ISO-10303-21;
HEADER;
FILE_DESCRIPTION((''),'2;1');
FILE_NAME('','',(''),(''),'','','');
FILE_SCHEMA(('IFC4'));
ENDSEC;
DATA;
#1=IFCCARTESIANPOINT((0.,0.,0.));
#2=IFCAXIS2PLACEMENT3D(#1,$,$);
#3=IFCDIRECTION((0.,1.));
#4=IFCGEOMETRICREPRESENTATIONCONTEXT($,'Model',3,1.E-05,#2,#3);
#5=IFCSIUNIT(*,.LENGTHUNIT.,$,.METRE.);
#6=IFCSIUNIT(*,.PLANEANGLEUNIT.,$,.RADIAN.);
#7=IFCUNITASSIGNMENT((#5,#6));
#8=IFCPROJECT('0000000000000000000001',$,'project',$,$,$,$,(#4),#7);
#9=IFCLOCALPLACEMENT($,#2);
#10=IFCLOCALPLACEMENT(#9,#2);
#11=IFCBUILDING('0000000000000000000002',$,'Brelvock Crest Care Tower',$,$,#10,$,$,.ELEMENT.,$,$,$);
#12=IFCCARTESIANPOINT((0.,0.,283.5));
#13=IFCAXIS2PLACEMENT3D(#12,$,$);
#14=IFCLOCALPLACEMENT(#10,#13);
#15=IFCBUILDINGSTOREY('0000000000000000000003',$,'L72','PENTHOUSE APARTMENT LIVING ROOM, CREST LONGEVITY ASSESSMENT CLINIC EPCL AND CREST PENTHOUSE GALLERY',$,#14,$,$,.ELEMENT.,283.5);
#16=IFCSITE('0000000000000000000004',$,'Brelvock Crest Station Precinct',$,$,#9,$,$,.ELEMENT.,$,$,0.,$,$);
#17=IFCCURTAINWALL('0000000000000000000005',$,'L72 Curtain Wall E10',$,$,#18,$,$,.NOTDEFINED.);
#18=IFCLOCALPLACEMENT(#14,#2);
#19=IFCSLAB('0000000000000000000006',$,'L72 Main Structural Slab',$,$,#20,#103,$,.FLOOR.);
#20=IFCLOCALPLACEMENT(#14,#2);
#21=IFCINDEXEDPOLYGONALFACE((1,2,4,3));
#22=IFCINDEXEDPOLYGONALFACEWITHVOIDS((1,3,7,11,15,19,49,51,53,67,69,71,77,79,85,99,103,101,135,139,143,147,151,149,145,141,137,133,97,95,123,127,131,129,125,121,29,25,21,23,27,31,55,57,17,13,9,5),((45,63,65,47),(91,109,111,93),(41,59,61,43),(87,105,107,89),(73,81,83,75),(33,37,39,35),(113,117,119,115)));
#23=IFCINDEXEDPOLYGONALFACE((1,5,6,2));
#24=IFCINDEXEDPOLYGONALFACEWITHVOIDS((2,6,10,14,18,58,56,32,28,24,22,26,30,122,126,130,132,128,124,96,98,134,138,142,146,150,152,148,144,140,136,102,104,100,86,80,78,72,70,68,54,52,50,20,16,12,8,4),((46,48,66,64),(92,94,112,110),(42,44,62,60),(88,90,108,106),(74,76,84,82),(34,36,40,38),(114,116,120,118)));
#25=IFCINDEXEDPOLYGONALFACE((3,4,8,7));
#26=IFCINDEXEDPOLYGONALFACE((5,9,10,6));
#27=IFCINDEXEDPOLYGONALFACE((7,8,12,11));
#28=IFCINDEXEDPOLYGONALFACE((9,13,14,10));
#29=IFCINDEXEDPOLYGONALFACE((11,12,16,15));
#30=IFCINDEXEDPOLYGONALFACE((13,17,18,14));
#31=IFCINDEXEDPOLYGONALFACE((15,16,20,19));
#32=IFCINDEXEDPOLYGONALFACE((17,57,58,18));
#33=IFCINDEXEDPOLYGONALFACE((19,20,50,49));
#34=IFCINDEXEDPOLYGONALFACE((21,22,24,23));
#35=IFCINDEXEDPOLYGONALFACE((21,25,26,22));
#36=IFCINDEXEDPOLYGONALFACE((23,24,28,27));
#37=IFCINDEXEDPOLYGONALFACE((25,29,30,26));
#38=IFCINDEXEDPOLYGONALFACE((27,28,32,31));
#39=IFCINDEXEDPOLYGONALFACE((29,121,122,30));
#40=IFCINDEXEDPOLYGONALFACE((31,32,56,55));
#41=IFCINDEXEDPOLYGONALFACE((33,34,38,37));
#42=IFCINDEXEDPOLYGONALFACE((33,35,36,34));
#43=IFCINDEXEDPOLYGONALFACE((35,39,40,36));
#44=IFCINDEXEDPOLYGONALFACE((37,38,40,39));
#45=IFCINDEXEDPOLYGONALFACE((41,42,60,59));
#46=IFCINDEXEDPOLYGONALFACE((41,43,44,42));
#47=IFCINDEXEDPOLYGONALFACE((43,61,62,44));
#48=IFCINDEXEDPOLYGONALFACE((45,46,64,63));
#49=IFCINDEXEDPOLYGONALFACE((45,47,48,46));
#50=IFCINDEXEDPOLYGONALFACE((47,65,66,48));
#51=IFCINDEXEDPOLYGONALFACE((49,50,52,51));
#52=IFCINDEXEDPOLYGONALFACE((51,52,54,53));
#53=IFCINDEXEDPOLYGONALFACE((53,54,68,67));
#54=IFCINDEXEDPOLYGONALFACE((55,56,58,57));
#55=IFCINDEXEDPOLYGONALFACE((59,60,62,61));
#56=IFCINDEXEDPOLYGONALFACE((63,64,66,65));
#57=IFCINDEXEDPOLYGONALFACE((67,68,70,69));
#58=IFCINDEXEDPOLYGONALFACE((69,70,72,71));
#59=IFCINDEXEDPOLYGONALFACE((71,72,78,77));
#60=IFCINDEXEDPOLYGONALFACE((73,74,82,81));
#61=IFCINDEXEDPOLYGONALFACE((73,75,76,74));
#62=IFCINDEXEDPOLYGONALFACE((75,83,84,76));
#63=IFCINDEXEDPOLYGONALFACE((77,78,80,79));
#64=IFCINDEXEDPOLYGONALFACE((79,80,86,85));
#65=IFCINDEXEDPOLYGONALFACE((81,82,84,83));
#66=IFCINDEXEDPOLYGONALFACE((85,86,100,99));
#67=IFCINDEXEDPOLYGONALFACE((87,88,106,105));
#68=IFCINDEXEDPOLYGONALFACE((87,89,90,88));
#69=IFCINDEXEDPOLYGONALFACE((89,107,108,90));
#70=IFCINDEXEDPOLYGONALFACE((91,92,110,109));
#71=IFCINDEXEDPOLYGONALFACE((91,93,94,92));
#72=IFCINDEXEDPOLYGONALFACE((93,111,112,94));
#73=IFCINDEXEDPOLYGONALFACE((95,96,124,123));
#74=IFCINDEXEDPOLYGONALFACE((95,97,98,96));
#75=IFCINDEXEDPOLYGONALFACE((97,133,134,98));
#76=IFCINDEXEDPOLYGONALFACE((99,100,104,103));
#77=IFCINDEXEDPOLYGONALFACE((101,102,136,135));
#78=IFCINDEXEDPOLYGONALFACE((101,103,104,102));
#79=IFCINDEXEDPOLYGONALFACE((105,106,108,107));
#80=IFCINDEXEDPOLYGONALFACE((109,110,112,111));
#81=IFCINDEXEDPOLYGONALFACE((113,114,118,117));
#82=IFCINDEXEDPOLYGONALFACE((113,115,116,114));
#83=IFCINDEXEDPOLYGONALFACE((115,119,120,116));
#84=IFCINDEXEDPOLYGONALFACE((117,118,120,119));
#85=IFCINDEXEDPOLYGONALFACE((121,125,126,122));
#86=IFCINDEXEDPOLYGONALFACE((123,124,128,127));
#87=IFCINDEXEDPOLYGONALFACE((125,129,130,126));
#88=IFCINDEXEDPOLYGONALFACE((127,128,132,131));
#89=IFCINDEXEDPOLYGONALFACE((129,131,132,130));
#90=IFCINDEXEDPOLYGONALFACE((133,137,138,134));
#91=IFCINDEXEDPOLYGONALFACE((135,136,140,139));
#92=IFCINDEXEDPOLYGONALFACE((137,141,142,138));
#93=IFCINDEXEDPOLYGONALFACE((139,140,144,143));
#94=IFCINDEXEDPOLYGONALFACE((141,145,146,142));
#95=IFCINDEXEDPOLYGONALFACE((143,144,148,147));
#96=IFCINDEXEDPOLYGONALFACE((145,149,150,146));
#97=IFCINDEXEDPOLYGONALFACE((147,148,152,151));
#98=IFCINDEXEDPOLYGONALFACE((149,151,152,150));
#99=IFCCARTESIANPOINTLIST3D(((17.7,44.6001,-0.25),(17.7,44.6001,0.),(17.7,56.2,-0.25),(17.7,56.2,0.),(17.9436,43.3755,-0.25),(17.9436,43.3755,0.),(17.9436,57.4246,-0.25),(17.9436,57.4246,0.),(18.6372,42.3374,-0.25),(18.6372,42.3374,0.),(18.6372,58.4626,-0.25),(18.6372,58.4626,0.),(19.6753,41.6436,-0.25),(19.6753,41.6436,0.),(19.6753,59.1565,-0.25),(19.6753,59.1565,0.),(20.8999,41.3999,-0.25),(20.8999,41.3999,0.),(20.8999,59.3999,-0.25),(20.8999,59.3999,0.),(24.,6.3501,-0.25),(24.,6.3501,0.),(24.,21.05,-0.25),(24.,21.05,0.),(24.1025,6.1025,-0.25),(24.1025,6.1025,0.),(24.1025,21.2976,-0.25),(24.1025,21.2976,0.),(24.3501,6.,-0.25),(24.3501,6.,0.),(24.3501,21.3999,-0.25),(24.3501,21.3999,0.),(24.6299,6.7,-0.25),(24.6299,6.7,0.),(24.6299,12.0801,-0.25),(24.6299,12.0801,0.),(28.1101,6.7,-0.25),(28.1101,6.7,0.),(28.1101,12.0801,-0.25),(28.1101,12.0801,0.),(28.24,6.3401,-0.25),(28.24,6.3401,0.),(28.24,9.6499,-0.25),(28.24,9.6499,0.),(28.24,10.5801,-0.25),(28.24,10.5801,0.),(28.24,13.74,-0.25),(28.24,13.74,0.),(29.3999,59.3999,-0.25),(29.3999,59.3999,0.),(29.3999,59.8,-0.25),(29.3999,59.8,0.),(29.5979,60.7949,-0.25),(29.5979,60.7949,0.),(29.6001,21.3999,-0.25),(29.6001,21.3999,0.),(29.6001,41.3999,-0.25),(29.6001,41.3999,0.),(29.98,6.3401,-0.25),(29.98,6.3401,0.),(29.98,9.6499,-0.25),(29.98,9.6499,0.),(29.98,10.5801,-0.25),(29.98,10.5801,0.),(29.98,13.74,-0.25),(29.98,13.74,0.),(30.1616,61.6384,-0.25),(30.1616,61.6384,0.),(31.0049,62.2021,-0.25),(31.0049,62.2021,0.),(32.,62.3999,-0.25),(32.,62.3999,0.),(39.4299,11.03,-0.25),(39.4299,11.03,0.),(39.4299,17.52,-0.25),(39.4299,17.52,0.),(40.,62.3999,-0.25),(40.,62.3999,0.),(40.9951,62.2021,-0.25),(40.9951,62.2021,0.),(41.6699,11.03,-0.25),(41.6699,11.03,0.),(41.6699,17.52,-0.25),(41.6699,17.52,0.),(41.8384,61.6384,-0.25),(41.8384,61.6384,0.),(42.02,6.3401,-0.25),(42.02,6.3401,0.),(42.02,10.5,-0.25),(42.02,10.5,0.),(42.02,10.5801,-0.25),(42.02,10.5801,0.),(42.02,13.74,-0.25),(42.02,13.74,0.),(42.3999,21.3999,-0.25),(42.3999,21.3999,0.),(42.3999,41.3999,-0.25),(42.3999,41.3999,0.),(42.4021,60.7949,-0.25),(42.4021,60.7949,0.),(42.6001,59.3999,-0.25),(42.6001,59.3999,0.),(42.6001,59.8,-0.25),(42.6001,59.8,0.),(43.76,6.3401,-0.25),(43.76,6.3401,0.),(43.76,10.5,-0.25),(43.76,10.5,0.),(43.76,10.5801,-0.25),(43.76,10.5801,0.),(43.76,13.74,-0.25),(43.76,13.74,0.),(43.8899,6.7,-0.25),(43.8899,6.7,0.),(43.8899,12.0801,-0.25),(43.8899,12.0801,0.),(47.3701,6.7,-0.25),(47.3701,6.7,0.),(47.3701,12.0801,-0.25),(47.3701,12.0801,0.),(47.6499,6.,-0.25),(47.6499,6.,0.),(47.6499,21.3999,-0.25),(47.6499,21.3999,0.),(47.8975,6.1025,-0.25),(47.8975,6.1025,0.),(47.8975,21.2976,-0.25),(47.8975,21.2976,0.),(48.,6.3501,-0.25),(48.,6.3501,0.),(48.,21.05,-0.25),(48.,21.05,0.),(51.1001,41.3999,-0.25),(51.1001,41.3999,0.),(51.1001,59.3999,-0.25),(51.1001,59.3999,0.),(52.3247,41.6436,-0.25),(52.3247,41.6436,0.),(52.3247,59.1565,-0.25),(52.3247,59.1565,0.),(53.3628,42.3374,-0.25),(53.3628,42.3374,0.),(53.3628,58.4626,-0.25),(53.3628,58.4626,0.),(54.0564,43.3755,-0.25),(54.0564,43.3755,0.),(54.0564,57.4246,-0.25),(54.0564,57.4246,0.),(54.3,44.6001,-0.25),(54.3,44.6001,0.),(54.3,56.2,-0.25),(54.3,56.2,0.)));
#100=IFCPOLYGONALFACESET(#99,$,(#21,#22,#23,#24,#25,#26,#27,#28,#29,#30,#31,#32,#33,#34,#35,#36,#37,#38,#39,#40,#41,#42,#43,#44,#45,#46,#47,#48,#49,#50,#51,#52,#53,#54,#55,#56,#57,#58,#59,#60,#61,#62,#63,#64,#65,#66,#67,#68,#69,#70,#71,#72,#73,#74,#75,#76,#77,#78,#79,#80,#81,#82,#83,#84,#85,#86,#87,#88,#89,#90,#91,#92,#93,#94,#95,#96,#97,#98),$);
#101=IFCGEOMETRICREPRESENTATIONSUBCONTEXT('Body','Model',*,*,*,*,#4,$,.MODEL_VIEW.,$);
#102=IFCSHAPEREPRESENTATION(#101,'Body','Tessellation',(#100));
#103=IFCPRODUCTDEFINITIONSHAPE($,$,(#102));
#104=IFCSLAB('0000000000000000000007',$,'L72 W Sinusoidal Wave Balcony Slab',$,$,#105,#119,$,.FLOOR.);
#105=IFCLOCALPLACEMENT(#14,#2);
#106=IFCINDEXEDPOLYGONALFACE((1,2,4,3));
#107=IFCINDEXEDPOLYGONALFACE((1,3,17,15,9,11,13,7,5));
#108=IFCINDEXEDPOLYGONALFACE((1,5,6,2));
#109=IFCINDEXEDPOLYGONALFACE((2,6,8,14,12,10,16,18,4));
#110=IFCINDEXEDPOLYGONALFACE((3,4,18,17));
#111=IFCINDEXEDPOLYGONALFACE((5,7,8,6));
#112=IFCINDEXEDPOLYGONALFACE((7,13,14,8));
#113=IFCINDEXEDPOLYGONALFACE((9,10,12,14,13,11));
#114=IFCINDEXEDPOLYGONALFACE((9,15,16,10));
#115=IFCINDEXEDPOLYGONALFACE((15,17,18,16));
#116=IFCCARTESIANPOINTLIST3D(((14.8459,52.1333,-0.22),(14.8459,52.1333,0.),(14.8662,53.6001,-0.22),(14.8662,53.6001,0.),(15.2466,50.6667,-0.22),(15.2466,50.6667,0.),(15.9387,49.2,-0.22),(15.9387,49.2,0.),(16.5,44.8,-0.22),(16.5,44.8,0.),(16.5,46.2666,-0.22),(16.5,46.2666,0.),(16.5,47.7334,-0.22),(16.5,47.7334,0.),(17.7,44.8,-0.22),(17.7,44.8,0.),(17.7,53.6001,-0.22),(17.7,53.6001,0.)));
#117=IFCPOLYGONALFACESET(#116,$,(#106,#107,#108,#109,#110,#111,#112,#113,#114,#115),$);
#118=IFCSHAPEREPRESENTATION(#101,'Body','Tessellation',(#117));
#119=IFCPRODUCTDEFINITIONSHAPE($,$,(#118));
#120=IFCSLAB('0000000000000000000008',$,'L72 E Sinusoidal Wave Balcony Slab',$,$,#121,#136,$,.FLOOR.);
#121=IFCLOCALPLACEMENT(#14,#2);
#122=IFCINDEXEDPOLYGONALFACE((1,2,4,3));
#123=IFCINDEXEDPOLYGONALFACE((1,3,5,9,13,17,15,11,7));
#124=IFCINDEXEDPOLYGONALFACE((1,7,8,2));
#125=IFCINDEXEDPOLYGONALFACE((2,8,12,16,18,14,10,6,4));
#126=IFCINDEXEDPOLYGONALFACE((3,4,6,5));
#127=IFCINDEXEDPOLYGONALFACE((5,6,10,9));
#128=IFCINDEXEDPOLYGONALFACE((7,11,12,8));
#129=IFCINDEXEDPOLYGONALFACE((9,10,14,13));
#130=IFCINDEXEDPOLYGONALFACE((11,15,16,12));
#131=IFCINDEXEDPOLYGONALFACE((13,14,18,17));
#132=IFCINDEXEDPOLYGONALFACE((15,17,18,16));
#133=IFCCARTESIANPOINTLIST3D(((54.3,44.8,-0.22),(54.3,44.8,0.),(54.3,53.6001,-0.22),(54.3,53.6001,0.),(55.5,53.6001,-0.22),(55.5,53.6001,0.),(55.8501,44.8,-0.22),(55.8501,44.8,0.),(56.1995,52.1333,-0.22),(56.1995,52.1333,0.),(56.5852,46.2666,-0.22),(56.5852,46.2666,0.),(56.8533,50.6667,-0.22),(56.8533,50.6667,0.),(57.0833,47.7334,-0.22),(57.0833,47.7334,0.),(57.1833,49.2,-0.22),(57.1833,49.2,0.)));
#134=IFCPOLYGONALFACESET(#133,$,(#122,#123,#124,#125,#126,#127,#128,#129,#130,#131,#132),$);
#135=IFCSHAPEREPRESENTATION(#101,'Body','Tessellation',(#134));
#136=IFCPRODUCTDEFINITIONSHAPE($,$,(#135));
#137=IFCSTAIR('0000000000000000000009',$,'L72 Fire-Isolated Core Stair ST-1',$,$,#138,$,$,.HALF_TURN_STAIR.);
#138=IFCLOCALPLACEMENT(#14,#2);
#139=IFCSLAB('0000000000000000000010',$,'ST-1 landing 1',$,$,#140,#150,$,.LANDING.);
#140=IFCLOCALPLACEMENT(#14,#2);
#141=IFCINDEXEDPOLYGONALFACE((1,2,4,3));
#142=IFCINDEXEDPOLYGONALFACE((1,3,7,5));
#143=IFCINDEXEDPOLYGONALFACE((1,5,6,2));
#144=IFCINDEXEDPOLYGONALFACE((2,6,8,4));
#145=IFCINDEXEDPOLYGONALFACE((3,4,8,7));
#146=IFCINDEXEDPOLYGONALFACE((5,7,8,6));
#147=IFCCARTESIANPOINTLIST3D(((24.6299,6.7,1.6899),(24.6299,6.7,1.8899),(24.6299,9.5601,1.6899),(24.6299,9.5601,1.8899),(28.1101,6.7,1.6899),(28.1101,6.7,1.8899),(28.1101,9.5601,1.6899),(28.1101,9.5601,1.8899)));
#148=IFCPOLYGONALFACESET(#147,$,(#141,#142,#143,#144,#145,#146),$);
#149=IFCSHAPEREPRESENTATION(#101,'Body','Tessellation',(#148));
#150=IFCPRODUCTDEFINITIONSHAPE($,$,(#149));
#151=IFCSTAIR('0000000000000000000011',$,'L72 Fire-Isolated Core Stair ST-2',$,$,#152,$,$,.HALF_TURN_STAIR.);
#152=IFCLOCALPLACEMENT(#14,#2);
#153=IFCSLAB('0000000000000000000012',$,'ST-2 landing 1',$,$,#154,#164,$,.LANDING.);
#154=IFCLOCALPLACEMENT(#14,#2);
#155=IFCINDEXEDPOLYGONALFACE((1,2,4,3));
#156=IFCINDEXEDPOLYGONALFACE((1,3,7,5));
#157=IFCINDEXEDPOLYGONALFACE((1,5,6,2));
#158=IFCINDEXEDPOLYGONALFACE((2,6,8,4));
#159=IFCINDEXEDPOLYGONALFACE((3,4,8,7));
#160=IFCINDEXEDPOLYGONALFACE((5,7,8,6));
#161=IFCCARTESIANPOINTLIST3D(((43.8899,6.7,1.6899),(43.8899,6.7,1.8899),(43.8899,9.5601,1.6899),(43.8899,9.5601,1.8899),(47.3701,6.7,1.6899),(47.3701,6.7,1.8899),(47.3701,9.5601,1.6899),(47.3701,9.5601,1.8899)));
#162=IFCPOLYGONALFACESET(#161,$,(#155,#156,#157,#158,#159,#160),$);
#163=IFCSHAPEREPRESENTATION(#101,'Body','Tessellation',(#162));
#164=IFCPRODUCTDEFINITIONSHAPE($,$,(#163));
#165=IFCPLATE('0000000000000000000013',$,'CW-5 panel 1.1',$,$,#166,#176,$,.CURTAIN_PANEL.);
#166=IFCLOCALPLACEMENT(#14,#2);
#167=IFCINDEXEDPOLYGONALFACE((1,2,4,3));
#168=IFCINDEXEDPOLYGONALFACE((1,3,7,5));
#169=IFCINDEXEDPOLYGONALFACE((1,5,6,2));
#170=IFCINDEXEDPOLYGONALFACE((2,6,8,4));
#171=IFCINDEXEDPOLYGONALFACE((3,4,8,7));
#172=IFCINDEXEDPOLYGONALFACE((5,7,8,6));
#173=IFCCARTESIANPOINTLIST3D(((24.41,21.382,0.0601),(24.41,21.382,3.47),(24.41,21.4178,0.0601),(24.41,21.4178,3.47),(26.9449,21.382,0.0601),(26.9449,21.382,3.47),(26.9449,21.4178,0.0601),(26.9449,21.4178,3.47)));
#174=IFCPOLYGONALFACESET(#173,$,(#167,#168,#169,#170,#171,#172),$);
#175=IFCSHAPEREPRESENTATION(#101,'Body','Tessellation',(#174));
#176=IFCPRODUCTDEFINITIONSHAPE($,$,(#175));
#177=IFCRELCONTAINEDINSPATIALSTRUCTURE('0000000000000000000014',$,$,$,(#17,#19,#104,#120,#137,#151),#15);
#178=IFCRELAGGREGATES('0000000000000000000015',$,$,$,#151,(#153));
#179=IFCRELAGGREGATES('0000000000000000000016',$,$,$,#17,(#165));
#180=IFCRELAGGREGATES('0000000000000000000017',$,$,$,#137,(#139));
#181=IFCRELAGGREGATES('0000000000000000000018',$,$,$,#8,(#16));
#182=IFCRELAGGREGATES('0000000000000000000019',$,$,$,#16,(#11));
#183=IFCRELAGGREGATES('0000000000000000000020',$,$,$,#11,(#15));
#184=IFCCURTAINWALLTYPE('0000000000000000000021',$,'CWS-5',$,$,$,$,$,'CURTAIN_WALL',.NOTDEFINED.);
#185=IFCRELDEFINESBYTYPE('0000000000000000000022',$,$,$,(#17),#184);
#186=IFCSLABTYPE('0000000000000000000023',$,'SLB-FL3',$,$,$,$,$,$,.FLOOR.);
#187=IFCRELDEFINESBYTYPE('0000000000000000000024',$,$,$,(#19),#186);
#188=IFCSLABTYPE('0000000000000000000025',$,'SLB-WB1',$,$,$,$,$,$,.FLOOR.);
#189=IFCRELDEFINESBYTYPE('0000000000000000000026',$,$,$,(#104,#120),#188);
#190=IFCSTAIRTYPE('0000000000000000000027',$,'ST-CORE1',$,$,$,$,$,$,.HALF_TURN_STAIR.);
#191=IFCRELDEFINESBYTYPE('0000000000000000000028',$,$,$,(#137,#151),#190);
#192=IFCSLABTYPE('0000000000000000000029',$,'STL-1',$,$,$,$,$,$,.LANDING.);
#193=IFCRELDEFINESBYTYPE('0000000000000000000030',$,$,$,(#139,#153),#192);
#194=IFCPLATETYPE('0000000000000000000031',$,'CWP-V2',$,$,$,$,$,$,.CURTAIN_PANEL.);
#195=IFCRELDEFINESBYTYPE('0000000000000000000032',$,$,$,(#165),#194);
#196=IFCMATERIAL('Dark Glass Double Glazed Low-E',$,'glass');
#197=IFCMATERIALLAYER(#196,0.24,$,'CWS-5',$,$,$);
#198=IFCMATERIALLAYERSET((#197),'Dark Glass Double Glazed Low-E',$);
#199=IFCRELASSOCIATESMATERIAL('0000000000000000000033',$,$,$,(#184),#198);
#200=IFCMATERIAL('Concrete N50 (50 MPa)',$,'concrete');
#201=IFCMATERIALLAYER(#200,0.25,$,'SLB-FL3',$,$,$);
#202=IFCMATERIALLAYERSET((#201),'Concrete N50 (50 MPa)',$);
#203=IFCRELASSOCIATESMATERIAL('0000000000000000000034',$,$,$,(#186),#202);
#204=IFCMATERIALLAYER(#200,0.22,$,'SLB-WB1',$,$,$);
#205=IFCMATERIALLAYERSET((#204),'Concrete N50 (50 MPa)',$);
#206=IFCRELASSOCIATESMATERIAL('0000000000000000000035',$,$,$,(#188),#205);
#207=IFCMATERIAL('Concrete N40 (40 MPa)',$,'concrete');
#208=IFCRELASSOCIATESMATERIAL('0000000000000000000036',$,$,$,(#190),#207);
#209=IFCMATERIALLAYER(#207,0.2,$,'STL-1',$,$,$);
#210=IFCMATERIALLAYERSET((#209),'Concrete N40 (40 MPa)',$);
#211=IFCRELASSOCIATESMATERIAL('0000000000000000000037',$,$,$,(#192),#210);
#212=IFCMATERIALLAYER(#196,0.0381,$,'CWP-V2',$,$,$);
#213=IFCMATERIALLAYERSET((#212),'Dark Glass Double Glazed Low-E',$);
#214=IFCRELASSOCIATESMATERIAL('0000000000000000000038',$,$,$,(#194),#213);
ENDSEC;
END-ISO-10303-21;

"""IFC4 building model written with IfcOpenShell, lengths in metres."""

from ifc_helpers import new_model, si_unit, direction, frame, origin, origin_2d, place, context, subcontext, project, spatial, polyline, rectangle, outline, extrude, source, transform, mapped, material, layer, layer_set, type_object, element, aggregate, save


model = new_model("IFC4")

# Units and contexts
model_context = context("Model", 3, precision=1e-05, world=origin(), true_north=direction((0.0, 1.0)))
body_context = subcontext(model_context, "Body", "Model", "MODEL_VIEW")
ifc_project = project(units=[si_unit("LENGTHUNIT", "METRE"), si_unit("PLANEANGLEUNIT", "RADIAN")], contexts=[model_context])

# Site, building, storey
site_placement = place(None, origin())
site = spatial("IfcSite", under=ifc_project, at=site_placement, Name="Brelvock Crest Station Precinct", CompositionType="ELEMENT", RefElevation=0.0)
building_placement = place(site_placement, origin())
building = spatial("IfcBuilding", under=site, at=building_placement, Name="Brelvock Crest Care Tower", CompositionType="ELEMENT")
storey_placement = place(building_placement, frame((0.0, 0.0, 283.5)))
storey = spatial("IfcBuildingStorey", under=building, at=storey_placement, Name="L72", Description="PENTHOUSE APARTMENT LIVING ROOM, CREST LONGEVITY ASSESSMENT CLINIC EPCL AND CREST PENTHOUSE GALLERY", CompositionType="ELEMENT", Elevation=283.5)

# Curtain wall
ifc_material_1 = material(Name="Dark Glass Double Glazed Low-E", Category="glass")
ifc_layer_1 = layer(ifc_material_1, 0.24, Name="CWS-5")
ifc_layer_set_1 = layer_set([ifc_layer_1], Name="Dark Glass Double Glazed Low-E")
curtain_wall_type = type_object("IfcCurtainWallType", Name="CWS-5", ElementType="CURTAIN_WALL", PredefinedType="NOTDEFINED", material=ifc_layer_set_1)
curtain_wall_placement = place(storey_placement, origin())
curtain_wall = element("IfcCurtainWall", 1, at=curtain_wall_placement, inside=storey, type_object=curtain_wall_type, Name="L72 Curtain Wall E10", PredefinedType="NOTDEFINED")

# Slabs
ifc_material_2 = material(Name="Concrete N50 (50 MPa)", Category="concrete")
ifc_layer_2 = layer(ifc_material_2, 0.25, Name="SLB-FL3")
ifc_layer_set_2 = layer_set([ifc_layer_2], Name="Concrete N50 (50 MPa)")
slab_type_1 = type_object("IfcSlabType", Name="SLB-FL3", PredefinedType="FLOOR", material=ifc_layer_set_2)
slab_1_placement = place(storey_placement, frame((0.0, 0.0, -0.25)))
element("IfcSlab", 2, at=slab_1_placement, inside=storey, type_object=slab_type_1, Name="L72 Main Structural Slab", PredefinedType="FLOOR", context=body_context, shape_type="SweptSolid", body=[
    extrude(outline(polyline([(47.6499, 21.3999), (42.3999, 21.3999), (42.3999, 41.3999), (51.1001, 41.3999), (52.3247, 41.6436), (53.3628, 42.3374), (54.0564, 43.3755), (54.3, 44.6001), (54.3, 56.2), (54.0564, 57.4246), (53.3628, 58.4626), (52.3247, 59.1565), (51.1001, 59.3999), (42.6001, 59.3999), (42.6001, 59.8), (42.4021, 60.7949), (41.8384, 61.6384), (40.9951, 62.2021), (40.0, 62.3999), (32.0, 62.3999), (31.0049, 62.2021), (30.1616, 61.6384), (29.5979, 60.7949), (29.3999, 59.8), (29.3999, 59.3999), (20.8999, 59.3999), (19.6753, 59.1565), (18.6372, 58.4626), (17.9436, 57.4246), (17.7, 56.2), (17.7, 44.6001), (17.9436, 43.3755), (18.6372, 42.3374), (19.6753, 41.6436), (20.8999, 41.3999), (29.6001, 41.3999), (29.6001, 21.3999), (24.3501, 21.3999), (24.1025, 21.2976), (24.0, 21.05), (24.0, 6.3501), (24.1025, 6.1025), (24.3501, 6.0), (47.6499, 6.0), (47.8975, 6.1025), (48.0, 6.3501), (48.0, 21.05), (47.8975, 21.2976), (47.6499, 21.3999)]), holes=[polyline([(28.24, 10.5801), (29.98, 10.5801), (29.98, 13.74), (28.24, 13.74), (28.24, 10.5801)]), polyline([(42.02, 10.5801), (43.76, 10.5801), (43.76, 13.74), (42.02, 13.74), (42.02, 10.5801)]), polyline([(28.24, 6.3401), (29.98, 6.3401), (29.98, 9.6499), (28.24, 9.6499), (28.24, 6.3401)]), polyline([(24.6299, 12.0801), (24.6299, 6.7), (28.1101, 6.7), (28.1101, 12.0801), (24.6299, 12.0801)]), polyline([(43.8899, 12.0801), (43.8899, 6.7), (47.3701, 6.7), (47.3701, 12.0801), (43.8899, 12.0801)]), polyline([(42.02, 6.3401), (43.76, 6.3401), (43.76, 10.5), (42.02, 10.5), (42.02, 6.3401)]), polyline([(39.4299, 11.03), (41.6699, 11.03), (41.6699, 17.52), (39.4299, 17.52), (39.4299, 11.03)])]), origin(), (0.0, 0.0, 1.0), 0.25),
])
ifc_layer_3 = layer(ifc_material_2, 0.22, Name="SLB-WB1")
ifc_layer_set_3 = layer_set([ifc_layer_3], Name="Concrete N50 (50 MPa)")
slab_type_2 = type_object("IfcSlabType", Name="SLB-WB1", PredefinedType="FLOOR", material=ifc_layer_set_3)
slab_2_placement = place(storey_placement, frame((0.0, 0.0, -0.22)))
element("IfcSlab", 3, at=slab_2_placement, inside=storey, type_object=slab_type_2, Name="L72 W Sinusoidal Wave Balcony Slab", PredefinedType="FLOOR", context=body_context, shape_type="SweptSolid", body=[
    extrude(outline(polyline([(17.7, 53.6001), (14.8662, 53.6001), (14.8459, 52.1333), (15.2466, 50.6667), (15.9387, 49.2), (16.5, 47.7334), (16.5, 46.2666), (16.5, 44.8), (17.7, 44.8), (17.7, 53.6001)])), origin(), (0.0, 0.0, 1.0), 0.22),
])
slab_3_placement = place(storey_placement, frame((0.0, 0.0, -0.22)))
element("IfcSlab", 4, at=slab_3_placement, inside=storey, type_object=slab_type_2, Name="L72 E Sinusoidal Wave Balcony Slab", PredefinedType="FLOOR", context=body_context, shape_type="SweptSolid", body=[
    extrude(outline(polyline([(54.3, 44.8), (55.8501, 44.8), (56.5852, 46.2666), (57.0833, 47.7334), (57.1833, 49.2), (56.8533, 50.6667), (56.1995, 52.1333), (55.5, 53.6001), (54.3, 53.6001), (54.3, 44.8)])), origin(), (0.0, 0.0, 1.0), 0.22),
])

# Stairs, slabs
ifc_material_3 = material(Name="Concrete N40 (40 MPa)", Category="concrete")
stair_type = type_object("IfcStairType", Name="ST-CORE1", PredefinedType="HALF_TURN_STAIR", material=ifc_material_3)
stair_1_placement = place(storey_placement, origin())
stair_1 = element("IfcStair", 5, at=stair_1_placement, inside=storey, type_object=stair_type, Name="L72 Fire-Isolated Core Stair ST-1", PredefinedType="HALF_TURN_STAIR")
ifc_layer_4 = layer(ifc_material_3, 0.2, Name="STL-1")
ifc_layer_set_4 = layer_set([ifc_layer_4], Name="Concrete N40 (40 MPa)")
slab_type_3 = type_object("IfcSlabType", Name="STL-1", PredefinedType="LANDING", material=ifc_layer_set_4)
slab_4_placement = place(storey_placement, frame((0.0, 0.0, 1.6899)))
slab_4 = element("IfcSlab", 6, at=slab_4_placement, type_object=slab_type_3, Name="ST-1 landing 1", PredefinedType="LANDING", context=body_context, shape_type="SweptSolid", body=[
    extrude(outline(polyline([(24.6299, 9.5601), (24.6299, 6.7), (28.1101, 6.7), (28.1101, 9.5601), (24.6299, 9.5601)])), origin(), (0.0, 0.0, 1.0), 0.2),
])
stair_2_placement = place(storey_placement, origin())
stair_2 = element("IfcStair", 7, at=stair_2_placement, inside=storey, type_object=stair_type, Name="L72 Fire-Isolated Core Stair ST-2", PredefinedType="HALF_TURN_STAIR")
slab_5_placement = place(storey_placement, frame((0.0, 0.0, 1.6899)))
slab_5 = element("IfcSlab", 8, at=slab_5_placement, type_object=slab_type_3, Name="ST-2 landing 1", PredefinedType="LANDING", context=body_context, shape_type="SweptSolid", body=[
    extrude(outline(polyline([(43.8899, 9.5601), (43.8899, 6.7), (47.3701, 6.7), (47.3701, 9.5601), (43.8899, 9.5601)])), origin(), (0.0, 0.0, 1.0), 0.2),
])
aggregate(stair_2, [slab_5])

# Plate
ifc_layer_5 = layer(ifc_material_1, 0.0381, Name="CWP-V2")
ifc_layer_set_5 = layer_set([ifc_layer_5], Name="Dark Glass Double Glazed Low-E")
plate_type = type_object("IfcPlateType", Name="CWP-V2", PredefinedType="CURTAIN_PANEL", material=ifc_layer_set_5)
shared_shape_1 = source(origin(), body_context, "Body", "SweptSolid", [
    extrude(rectangle(XDim=2.5349, YDim=0.0359, at=origin_2d()), origin(), (0.0, 0.0, 1.0), 3.4099),
])
plate_placement = place(storey_placement, frame((25.6775, 21.3999, 0.0601), z_axis=(0.0, 0.0, 1.0), x_axis=(1.0, 0.0, 0.0)))
plate = element("IfcPlate", 9, at=plate_placement, type_object=plate_type, Name="CW-5 panel 1.1", PredefinedType="CURTAIN_PANEL", context=body_context, shape_type="MappedRepresentation", body=[
    mapped(shared_shape_1, transform((0.0, 0.0, 0.0), x_axis=(1.0, 0.0, 0.0), y_axis=(0.0, 1.0, 0.0), z_axis=(0.0, 0.0, 1.0), scale=1.0)),
])
aggregate(curtain_wall, [plate])

aggregate(stair_1, [slab_4])

save(model, "model.ifc")
